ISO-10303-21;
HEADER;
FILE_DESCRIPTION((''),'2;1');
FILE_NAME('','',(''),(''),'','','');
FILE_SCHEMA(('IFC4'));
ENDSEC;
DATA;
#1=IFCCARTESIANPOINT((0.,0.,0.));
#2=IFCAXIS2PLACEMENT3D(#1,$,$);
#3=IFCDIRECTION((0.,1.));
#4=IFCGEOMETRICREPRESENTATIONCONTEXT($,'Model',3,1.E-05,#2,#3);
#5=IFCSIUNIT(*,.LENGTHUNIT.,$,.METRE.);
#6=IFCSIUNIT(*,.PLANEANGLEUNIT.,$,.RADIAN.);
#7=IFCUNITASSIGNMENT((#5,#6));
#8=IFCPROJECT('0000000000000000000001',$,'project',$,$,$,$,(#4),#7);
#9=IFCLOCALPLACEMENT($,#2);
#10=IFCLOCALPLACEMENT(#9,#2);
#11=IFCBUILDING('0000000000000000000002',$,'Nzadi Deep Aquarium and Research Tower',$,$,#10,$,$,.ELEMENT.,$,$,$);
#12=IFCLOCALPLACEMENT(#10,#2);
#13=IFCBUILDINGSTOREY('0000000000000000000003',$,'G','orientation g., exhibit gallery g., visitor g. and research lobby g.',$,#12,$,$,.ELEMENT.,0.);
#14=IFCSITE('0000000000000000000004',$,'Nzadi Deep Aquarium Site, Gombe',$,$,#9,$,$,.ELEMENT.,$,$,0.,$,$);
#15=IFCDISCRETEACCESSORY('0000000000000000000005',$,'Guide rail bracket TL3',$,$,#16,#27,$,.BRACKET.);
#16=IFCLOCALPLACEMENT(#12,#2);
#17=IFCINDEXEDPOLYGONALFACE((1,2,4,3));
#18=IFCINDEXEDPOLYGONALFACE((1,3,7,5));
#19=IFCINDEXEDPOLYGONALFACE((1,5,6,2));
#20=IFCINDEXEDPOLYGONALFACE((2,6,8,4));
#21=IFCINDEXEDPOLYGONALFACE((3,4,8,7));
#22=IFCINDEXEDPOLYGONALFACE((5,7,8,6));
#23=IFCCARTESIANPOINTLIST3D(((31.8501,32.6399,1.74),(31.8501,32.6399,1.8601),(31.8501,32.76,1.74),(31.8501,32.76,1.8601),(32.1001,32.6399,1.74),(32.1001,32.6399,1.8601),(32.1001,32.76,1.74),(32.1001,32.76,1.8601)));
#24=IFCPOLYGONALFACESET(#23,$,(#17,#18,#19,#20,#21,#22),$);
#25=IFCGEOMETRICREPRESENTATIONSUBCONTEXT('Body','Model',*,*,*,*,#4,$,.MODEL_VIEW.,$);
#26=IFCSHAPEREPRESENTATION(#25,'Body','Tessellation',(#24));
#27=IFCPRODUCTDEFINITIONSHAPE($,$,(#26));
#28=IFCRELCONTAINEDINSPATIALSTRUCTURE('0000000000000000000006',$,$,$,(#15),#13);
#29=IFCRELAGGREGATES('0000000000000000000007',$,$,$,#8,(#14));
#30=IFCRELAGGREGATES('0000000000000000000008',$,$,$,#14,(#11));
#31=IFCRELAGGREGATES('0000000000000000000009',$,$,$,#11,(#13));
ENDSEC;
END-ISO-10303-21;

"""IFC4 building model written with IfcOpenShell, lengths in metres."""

from ifc_helpers import new_model, si_unit, direction, frame, origin, origin_2d, place, context, subcontext, project, spatial, rectangle, extrude, element, save


model = new_model("IFC4")

# Units and contexts
model_context = context("Model", 3, precision=1e-05, world=origin(), true_north=direction((0.0, 1.0)))
body_context = subcontext(model_context, "Body", "Model", "MODEL_VIEW")
ifc_project = project(units=[si_unit("LENGTHUNIT", "METRE"), si_unit("PLANEANGLEUNIT", "RADIAN")], contexts=[model_context])

# Site, building, storey
site_placement = place(None, origin())
site = spatial("IfcSite", under=ifc_project, at=site_placement, Name="Nzadi Deep Aquarium Site, Gombe", CompositionType="ELEMENT", RefElevation=0.0)
building_placement = place(site_placement, origin())
building = spatial("IfcBuilding", under=site, at=building_placement, Name="Nzadi Deep Aquarium and Research Tower", CompositionType="ELEMENT")
storey_placement = place(building_placement, origin())
storey = spatial("IfcBuildingStorey", under=building, at=storey_placement, Name="G", Description="orientation g., exhibit gallery g., visitor g. and research lobby g.", CompositionType="ELEMENT", Elevation=0.0)

# Discrete accessory
for number, where, z_axis, x_axis, name in (
    (1, (31.9751, 32.7, 1.74), (0.0, 0.0, 1.0), (1.0, 0.0, 0.0), "Guide rail bracket TL3"),
):
    element("IfcDiscreteAccessory", number, at=place(storey_placement, frame(where, z_axis=z_axis, x_axis=x_axis)), inside=storey, Name=name, PredefinedType="BRACKET", context=body_context, shape_type="SweptSolid", body=[
        extrude(rectangle(XDim=0.25, YDim=0.1201, at=origin_2d()), origin(), (0.0, 0.0, 1.0), 0.1201),
    ])

save(model, "model.ifc")
